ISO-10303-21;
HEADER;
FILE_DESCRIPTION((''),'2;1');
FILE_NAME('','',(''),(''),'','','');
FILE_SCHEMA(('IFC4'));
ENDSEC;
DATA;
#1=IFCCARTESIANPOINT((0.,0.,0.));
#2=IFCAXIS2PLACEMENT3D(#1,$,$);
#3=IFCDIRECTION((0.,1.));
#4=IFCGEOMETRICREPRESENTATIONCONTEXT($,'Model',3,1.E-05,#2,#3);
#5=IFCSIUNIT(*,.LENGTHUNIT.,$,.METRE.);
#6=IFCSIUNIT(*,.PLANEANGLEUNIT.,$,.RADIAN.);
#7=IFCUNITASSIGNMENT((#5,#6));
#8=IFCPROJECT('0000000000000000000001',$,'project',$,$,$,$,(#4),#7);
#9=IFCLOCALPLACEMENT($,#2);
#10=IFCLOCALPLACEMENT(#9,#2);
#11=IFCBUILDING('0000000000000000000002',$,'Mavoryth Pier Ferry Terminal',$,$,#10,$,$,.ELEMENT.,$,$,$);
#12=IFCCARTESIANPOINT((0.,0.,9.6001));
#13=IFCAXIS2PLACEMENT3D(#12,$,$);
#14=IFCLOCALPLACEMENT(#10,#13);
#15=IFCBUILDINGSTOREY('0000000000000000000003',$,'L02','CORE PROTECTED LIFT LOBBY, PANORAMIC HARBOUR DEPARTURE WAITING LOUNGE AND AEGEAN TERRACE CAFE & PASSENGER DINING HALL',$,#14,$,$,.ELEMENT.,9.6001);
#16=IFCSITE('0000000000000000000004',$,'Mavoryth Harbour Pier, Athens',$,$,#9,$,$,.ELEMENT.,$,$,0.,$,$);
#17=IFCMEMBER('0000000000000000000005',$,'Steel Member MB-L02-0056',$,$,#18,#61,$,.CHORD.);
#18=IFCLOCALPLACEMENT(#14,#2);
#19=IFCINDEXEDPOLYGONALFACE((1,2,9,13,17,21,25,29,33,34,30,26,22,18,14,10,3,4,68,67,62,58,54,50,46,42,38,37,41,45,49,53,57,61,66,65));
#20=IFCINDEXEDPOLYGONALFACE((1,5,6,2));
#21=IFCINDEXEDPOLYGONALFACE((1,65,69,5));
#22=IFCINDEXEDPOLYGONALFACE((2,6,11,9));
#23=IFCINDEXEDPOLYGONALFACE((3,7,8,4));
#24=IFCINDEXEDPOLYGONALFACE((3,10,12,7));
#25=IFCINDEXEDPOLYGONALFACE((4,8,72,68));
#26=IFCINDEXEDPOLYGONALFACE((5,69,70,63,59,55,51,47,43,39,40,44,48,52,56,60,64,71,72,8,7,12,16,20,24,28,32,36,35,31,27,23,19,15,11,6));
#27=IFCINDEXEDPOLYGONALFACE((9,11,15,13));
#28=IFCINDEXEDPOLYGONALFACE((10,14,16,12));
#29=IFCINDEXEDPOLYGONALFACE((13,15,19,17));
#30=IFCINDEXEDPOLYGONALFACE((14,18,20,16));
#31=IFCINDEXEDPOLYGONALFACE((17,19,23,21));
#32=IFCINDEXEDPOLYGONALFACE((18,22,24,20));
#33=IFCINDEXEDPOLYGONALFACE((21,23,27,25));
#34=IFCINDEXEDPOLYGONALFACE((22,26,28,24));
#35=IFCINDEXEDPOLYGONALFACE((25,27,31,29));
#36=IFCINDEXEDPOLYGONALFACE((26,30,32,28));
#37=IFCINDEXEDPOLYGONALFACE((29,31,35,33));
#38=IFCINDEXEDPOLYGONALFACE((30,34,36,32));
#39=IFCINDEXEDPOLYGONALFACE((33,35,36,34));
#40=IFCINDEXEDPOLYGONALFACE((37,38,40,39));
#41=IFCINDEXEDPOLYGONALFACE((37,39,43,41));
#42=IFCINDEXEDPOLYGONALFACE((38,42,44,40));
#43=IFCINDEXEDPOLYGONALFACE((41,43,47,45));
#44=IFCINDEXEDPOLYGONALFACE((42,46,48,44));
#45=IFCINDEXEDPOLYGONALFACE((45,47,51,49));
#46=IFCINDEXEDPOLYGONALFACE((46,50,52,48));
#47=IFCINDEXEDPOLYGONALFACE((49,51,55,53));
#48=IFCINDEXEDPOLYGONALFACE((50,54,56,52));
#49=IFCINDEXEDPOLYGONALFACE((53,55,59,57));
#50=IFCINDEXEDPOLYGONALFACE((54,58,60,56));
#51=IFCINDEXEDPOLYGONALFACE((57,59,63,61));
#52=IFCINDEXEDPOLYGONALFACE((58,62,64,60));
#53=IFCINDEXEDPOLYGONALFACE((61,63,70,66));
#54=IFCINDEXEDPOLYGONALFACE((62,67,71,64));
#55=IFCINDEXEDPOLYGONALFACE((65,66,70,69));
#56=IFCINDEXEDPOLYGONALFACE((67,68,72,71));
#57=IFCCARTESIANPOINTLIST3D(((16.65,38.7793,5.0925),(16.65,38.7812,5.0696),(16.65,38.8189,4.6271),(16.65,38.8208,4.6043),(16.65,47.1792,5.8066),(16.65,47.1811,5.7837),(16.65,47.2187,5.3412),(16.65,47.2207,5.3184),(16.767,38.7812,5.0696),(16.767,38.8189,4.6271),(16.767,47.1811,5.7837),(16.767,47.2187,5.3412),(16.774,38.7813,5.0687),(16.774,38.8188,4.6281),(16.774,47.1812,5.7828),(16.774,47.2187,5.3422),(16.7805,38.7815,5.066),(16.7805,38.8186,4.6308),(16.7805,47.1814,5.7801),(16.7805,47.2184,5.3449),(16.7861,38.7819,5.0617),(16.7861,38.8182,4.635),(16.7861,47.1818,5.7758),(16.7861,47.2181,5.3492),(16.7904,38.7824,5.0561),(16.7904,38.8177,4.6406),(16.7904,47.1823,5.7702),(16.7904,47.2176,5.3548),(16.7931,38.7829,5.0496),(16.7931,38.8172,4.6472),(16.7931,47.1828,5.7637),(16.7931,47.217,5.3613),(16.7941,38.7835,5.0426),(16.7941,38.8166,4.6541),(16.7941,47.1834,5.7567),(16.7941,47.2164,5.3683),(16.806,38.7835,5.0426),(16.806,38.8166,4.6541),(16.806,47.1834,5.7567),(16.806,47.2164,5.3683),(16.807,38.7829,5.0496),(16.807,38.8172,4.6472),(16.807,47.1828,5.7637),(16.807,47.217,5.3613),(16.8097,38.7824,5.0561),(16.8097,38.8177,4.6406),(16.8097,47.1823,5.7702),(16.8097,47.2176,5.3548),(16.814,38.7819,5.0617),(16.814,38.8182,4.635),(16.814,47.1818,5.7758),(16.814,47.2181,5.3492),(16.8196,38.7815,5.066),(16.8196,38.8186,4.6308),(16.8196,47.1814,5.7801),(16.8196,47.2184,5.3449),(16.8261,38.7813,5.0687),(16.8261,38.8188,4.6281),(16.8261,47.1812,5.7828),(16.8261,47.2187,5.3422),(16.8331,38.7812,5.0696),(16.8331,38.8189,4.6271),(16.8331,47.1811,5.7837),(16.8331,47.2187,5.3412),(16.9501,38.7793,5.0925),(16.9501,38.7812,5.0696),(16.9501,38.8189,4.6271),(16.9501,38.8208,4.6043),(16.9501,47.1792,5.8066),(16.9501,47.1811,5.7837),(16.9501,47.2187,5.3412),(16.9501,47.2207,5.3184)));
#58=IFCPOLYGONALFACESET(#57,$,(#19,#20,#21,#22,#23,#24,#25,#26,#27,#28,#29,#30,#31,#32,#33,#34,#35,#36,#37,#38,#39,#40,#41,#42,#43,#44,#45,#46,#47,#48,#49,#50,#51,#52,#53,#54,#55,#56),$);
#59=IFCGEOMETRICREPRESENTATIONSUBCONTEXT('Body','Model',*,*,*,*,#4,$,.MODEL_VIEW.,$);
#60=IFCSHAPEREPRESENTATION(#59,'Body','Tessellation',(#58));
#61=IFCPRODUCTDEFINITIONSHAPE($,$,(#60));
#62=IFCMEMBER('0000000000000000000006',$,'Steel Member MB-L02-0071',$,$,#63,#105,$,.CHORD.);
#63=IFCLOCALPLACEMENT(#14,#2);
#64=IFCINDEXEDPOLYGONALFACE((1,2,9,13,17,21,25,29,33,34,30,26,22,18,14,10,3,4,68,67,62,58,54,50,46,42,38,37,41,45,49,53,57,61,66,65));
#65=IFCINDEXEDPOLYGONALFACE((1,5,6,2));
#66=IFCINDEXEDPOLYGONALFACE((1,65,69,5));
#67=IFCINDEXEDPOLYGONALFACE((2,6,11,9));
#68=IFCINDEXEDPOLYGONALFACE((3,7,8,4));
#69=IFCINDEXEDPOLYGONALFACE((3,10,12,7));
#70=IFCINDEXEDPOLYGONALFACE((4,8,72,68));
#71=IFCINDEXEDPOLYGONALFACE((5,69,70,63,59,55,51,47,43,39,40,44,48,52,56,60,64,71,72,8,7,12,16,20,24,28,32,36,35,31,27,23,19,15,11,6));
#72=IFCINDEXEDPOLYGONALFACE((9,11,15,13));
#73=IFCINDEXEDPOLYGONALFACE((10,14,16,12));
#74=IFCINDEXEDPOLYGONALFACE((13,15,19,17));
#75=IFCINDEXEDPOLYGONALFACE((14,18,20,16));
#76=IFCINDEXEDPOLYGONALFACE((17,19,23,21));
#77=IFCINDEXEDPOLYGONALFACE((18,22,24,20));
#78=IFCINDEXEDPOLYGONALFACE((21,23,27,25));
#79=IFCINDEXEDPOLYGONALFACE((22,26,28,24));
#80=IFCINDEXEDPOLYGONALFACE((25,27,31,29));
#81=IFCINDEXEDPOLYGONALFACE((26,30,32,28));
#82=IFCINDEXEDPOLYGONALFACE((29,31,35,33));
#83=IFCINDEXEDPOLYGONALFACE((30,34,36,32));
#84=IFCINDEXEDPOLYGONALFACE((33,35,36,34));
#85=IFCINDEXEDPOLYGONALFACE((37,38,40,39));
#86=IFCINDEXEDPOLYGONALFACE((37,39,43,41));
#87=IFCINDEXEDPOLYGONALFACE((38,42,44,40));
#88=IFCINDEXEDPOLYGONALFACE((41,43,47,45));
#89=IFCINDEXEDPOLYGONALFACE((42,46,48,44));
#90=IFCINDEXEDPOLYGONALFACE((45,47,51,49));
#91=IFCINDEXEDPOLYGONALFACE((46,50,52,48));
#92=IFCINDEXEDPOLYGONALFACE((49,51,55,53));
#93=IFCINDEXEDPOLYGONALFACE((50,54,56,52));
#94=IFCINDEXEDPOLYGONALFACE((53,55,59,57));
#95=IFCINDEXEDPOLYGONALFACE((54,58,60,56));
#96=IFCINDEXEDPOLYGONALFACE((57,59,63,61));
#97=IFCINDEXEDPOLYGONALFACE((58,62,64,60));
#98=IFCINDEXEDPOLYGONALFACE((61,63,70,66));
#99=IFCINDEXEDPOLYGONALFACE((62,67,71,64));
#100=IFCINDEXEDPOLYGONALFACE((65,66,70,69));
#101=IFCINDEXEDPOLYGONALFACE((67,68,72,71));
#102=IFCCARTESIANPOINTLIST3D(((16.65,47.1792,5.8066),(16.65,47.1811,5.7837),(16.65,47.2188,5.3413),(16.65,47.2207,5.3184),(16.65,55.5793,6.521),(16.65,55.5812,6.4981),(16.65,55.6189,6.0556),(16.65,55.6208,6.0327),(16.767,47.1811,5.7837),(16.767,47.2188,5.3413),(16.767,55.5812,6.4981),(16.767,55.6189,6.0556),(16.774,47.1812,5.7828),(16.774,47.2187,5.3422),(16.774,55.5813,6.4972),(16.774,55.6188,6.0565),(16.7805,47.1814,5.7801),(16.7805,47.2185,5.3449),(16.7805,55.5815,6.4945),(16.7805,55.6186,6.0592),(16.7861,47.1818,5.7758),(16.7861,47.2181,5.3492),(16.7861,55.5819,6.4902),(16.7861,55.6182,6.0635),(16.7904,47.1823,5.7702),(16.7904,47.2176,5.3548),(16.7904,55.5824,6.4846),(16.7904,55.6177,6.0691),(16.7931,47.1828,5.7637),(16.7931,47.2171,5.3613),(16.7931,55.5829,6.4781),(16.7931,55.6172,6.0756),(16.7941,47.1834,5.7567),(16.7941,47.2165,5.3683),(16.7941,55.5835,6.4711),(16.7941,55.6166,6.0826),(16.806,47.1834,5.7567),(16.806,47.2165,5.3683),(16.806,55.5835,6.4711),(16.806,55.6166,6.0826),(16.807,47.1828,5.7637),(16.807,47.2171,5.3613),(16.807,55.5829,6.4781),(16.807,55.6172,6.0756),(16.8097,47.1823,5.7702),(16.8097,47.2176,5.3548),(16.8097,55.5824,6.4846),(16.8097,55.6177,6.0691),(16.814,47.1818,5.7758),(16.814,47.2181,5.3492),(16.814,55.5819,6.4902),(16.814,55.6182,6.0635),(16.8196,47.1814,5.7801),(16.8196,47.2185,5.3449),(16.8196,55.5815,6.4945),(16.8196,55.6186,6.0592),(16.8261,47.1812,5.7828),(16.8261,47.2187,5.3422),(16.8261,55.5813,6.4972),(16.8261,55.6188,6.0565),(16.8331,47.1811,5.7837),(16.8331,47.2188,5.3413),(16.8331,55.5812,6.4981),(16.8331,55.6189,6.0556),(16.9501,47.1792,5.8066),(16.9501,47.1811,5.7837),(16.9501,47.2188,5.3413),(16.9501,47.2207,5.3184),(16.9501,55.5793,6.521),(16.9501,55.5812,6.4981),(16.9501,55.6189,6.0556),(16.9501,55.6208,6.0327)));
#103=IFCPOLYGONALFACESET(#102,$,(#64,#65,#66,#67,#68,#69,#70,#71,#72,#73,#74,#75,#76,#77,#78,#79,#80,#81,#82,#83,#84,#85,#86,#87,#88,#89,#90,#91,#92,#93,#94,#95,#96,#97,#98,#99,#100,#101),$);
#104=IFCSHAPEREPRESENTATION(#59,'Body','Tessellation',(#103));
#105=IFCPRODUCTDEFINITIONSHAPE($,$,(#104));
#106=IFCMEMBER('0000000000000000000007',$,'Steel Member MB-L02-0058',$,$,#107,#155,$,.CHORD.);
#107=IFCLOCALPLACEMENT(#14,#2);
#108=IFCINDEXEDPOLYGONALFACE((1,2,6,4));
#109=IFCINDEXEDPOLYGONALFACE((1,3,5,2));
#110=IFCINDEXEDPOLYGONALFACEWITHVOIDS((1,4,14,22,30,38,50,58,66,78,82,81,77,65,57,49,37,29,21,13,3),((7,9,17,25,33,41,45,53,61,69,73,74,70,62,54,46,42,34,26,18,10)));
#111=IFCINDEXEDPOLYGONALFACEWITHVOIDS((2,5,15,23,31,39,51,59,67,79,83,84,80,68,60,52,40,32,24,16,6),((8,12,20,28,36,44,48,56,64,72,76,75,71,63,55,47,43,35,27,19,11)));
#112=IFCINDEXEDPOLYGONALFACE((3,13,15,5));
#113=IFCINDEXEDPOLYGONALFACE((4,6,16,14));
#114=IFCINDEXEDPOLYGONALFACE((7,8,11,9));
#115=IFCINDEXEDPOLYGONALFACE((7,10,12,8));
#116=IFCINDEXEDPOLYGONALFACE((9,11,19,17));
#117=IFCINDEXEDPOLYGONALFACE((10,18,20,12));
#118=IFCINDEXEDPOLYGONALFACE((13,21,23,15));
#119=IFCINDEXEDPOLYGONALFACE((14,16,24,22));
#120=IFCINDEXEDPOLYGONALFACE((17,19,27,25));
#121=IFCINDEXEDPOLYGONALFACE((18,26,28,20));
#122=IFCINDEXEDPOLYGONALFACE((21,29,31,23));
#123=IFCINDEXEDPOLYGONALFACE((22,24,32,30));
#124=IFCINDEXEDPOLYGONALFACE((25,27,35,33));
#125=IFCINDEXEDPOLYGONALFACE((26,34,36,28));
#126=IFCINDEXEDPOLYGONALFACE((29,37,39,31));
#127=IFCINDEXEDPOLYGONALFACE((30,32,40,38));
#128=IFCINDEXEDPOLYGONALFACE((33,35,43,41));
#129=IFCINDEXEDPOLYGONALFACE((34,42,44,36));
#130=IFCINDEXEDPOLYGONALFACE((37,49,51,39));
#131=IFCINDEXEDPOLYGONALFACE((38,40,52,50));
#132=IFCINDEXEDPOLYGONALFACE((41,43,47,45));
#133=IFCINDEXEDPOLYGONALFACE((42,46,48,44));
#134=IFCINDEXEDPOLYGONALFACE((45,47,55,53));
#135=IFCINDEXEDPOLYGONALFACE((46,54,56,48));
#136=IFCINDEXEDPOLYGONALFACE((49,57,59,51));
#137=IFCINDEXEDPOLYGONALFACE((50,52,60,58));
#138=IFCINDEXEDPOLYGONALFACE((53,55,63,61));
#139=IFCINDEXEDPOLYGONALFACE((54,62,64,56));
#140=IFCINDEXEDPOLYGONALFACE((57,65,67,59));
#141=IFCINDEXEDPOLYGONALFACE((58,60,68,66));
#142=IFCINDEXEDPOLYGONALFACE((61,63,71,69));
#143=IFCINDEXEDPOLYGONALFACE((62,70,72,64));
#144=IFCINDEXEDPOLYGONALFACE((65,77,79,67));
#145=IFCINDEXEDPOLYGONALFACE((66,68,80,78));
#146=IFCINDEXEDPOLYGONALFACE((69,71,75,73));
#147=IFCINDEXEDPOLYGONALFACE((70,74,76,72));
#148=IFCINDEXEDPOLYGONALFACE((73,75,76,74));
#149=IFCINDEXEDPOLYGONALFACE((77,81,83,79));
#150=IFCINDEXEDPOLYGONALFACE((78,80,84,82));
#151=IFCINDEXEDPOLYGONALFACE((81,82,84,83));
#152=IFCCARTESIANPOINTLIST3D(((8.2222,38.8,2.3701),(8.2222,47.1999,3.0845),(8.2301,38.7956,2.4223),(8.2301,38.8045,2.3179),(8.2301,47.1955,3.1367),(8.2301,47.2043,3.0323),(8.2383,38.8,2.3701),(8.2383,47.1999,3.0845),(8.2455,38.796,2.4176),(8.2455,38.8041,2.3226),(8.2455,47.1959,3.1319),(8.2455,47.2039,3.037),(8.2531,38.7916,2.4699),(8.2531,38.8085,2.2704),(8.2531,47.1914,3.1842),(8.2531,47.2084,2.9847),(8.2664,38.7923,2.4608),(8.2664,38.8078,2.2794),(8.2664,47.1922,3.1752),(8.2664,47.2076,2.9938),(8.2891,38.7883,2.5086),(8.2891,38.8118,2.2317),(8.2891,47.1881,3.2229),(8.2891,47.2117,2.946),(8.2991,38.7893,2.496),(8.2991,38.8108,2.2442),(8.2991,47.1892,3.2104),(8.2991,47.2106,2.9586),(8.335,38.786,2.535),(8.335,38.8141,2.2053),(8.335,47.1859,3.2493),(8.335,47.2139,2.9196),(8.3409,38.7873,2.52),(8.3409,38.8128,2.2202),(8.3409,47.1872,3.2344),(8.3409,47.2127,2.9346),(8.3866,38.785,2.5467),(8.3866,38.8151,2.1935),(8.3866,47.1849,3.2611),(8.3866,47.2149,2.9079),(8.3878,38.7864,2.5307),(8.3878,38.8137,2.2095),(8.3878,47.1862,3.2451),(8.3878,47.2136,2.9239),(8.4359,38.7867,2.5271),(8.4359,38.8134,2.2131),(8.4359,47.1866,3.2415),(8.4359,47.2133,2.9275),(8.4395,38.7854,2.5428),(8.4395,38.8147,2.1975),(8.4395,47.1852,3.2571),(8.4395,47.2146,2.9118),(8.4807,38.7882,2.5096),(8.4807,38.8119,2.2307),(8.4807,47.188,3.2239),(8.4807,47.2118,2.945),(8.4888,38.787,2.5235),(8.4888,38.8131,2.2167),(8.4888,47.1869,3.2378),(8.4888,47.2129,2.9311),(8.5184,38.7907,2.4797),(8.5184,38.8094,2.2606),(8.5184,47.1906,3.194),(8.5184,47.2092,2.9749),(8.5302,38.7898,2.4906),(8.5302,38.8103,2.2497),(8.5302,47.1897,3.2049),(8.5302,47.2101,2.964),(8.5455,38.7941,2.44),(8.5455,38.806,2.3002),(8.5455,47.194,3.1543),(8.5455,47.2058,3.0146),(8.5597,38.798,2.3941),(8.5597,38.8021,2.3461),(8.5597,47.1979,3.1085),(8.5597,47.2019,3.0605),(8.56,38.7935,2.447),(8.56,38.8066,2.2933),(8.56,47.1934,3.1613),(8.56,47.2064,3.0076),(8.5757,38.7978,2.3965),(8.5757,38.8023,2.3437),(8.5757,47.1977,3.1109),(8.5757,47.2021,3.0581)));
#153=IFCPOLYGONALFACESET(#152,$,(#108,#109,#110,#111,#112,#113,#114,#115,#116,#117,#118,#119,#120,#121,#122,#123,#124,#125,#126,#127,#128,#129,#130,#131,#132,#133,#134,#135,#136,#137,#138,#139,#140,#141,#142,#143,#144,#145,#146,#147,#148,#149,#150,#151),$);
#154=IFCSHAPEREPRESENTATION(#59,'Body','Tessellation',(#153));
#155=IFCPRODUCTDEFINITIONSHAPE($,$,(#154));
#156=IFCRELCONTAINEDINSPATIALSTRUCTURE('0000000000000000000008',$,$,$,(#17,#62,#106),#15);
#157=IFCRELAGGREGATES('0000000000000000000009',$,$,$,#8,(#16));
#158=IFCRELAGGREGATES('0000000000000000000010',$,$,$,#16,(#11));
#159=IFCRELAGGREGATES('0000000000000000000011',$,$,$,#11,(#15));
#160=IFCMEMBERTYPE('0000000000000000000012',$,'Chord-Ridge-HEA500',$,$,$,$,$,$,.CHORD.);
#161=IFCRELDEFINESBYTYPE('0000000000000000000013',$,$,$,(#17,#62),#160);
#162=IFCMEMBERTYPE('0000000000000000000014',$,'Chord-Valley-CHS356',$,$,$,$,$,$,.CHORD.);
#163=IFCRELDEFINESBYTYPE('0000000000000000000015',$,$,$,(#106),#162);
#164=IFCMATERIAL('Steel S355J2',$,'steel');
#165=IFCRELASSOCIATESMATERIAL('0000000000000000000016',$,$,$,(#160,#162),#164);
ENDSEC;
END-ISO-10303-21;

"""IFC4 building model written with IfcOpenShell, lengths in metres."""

from ifc_helpers import new_model, si_unit, direction, frame, origin, origin_2d, place, context, subcontext, project, spatial, hollow_circle, i_section, extrude, material, material_profile, profile_set, type_object, element, save


model = new_model("IFC4")

# Units and contexts
model_context = context("Model", 3, precision=1e-05, world=origin(), true_north=direction((0.0, 1.0)))
body_context = subcontext(model_context, "Body", "Model", "MODEL_VIEW")
ifc_project = project(units=[si_unit("LENGTHUNIT", "METRE"), si_unit("PLANEANGLEUNIT", "RADIAN")], contexts=[model_context])

# Site, building, storey
site_placement = place(None, origin())
site = spatial("IfcSite", under=ifc_project, at=site_placement, Name="Mavoryth Harbour Pier, Athens", CompositionType="ELEMENT", RefElevation=0.0)
building_placement = place(site_placement, origin())
building = spatial("IfcBuilding", under=site, at=building_placement, Name="Mavoryth Pier Ferry Terminal", CompositionType="ELEMENT")
storey_placement = place(building_placement, frame((0.0, 0.0, 9.6001)))
storey = spatial("IfcBuildingStorey", under=building, at=storey_placement, Name="L02", Description="CORE PROTECTED LIFT LOBBY, PANORAMIC HARBOUR DEPARTURE WAITING LOUNGE AND AEGEAN TERRACE CAFE & PASSENGER DINING HALL", CompositionType="ELEMENT", Elevation=9.6001)

# Members
ifc_material_1 = material(Name="Steel S355J2", Category="steel")
ifc_material_profile_1 = material_profile(ifc_material_1, i_section(OverallWidth=0.3, OverallDepth=0.49, WebThickness=0.012, FlangeThickness=0.0229, FilletRadius=0.0271, at=origin_2d()), Name="HEA 500", Category="steel")
ifc_profile_set_1 = profile_set([ifc_material_profile_1], Name="Steel S355J2 - HEA 500")
member_type_1 = type_object("IfcMemberType", Name="Chord-Ridge-HEA500", PredefinedType="CHORD", material=ifc_profile_set_1)
member_1_placement = place(storey_placement, frame((16.8, 38.8, 4.8484), z_axis=(0.0, 0.996406, 0.084709), x_axis=(-1.0, 0.0, 0.0)))
element("IfcMember", 1, at=member_1_placement, inside=storey, type_object=member_type_1, Name="Steel Member MB-L02-0056", PredefinedType="CHORD", context=body_context, shape_type="SweptSolid", body=[
    extrude(i_section(OverallWidth=0.3, OverallDepth=0.49, WebThickness=0.012, FlangeThickness=0.0229, FilletRadius=0.0271, at=origin_2d()), origin(), (0.0, 0.0, 1.0), 8.4302),
])
member_2_placement = place(storey_placement, frame((16.8, 47.2, 5.5625), z_axis=(0.0, 0.996404, 0.084735), x_axis=(-1.0, 0.0, 0.0)))
element("IfcMember", 2, at=member_2_placement, inside=storey, type_object=member_type_1, Name="Steel Member MB-L02-0071", PredefinedType="CHORD", context=body_context, shape_type="SweptSolid", body=[
    extrude(i_section(OverallWidth=0.3, OverallDepth=0.49, WebThickness=0.012, FlangeThickness=0.0229, FilletRadius=0.0271, at=origin_2d()), origin(), (0.0, 0.0, 1.0), 8.4304),
])
ifc_material_profile_2 = material_profile(ifc_material_1, hollow_circle(Radius=0.1777, WallThickness=0.0161, at=origin_2d()), Name="CHS 355.6x16.0", Category="steel")
ifc_profile_set_2 = profile_set([ifc_material_profile_2], Name="Steel S355J2 - CHS 355.6x16.0")
member_type_2 = type_object("IfcMemberType", Name="Chord-Valley-CHS356", PredefinedType="CHORD", material=ifc_profile_set_2)
member_3_placement = place(storey_placement, frame((8.3999, 38.8, 2.3701), z_axis=(0.0, 0.996403, 0.084737), x_axis=(-1.0, 0.0, 0.0)))
element("IfcMember", 3, at=member_3_placement, inside=storey, type_object=member_type_2, Name="Steel Member MB-L02-0058", PredefinedType="CHORD", context=body_context, shape_type="SweptSolid", body=[
    extrude(hollow_circle(Radius=0.1777, WallThickness=0.0161, at=origin_2d()), origin(), (0.0, 0.0, 1.0), 8.4302),
])

save(model, "model.ifc")
